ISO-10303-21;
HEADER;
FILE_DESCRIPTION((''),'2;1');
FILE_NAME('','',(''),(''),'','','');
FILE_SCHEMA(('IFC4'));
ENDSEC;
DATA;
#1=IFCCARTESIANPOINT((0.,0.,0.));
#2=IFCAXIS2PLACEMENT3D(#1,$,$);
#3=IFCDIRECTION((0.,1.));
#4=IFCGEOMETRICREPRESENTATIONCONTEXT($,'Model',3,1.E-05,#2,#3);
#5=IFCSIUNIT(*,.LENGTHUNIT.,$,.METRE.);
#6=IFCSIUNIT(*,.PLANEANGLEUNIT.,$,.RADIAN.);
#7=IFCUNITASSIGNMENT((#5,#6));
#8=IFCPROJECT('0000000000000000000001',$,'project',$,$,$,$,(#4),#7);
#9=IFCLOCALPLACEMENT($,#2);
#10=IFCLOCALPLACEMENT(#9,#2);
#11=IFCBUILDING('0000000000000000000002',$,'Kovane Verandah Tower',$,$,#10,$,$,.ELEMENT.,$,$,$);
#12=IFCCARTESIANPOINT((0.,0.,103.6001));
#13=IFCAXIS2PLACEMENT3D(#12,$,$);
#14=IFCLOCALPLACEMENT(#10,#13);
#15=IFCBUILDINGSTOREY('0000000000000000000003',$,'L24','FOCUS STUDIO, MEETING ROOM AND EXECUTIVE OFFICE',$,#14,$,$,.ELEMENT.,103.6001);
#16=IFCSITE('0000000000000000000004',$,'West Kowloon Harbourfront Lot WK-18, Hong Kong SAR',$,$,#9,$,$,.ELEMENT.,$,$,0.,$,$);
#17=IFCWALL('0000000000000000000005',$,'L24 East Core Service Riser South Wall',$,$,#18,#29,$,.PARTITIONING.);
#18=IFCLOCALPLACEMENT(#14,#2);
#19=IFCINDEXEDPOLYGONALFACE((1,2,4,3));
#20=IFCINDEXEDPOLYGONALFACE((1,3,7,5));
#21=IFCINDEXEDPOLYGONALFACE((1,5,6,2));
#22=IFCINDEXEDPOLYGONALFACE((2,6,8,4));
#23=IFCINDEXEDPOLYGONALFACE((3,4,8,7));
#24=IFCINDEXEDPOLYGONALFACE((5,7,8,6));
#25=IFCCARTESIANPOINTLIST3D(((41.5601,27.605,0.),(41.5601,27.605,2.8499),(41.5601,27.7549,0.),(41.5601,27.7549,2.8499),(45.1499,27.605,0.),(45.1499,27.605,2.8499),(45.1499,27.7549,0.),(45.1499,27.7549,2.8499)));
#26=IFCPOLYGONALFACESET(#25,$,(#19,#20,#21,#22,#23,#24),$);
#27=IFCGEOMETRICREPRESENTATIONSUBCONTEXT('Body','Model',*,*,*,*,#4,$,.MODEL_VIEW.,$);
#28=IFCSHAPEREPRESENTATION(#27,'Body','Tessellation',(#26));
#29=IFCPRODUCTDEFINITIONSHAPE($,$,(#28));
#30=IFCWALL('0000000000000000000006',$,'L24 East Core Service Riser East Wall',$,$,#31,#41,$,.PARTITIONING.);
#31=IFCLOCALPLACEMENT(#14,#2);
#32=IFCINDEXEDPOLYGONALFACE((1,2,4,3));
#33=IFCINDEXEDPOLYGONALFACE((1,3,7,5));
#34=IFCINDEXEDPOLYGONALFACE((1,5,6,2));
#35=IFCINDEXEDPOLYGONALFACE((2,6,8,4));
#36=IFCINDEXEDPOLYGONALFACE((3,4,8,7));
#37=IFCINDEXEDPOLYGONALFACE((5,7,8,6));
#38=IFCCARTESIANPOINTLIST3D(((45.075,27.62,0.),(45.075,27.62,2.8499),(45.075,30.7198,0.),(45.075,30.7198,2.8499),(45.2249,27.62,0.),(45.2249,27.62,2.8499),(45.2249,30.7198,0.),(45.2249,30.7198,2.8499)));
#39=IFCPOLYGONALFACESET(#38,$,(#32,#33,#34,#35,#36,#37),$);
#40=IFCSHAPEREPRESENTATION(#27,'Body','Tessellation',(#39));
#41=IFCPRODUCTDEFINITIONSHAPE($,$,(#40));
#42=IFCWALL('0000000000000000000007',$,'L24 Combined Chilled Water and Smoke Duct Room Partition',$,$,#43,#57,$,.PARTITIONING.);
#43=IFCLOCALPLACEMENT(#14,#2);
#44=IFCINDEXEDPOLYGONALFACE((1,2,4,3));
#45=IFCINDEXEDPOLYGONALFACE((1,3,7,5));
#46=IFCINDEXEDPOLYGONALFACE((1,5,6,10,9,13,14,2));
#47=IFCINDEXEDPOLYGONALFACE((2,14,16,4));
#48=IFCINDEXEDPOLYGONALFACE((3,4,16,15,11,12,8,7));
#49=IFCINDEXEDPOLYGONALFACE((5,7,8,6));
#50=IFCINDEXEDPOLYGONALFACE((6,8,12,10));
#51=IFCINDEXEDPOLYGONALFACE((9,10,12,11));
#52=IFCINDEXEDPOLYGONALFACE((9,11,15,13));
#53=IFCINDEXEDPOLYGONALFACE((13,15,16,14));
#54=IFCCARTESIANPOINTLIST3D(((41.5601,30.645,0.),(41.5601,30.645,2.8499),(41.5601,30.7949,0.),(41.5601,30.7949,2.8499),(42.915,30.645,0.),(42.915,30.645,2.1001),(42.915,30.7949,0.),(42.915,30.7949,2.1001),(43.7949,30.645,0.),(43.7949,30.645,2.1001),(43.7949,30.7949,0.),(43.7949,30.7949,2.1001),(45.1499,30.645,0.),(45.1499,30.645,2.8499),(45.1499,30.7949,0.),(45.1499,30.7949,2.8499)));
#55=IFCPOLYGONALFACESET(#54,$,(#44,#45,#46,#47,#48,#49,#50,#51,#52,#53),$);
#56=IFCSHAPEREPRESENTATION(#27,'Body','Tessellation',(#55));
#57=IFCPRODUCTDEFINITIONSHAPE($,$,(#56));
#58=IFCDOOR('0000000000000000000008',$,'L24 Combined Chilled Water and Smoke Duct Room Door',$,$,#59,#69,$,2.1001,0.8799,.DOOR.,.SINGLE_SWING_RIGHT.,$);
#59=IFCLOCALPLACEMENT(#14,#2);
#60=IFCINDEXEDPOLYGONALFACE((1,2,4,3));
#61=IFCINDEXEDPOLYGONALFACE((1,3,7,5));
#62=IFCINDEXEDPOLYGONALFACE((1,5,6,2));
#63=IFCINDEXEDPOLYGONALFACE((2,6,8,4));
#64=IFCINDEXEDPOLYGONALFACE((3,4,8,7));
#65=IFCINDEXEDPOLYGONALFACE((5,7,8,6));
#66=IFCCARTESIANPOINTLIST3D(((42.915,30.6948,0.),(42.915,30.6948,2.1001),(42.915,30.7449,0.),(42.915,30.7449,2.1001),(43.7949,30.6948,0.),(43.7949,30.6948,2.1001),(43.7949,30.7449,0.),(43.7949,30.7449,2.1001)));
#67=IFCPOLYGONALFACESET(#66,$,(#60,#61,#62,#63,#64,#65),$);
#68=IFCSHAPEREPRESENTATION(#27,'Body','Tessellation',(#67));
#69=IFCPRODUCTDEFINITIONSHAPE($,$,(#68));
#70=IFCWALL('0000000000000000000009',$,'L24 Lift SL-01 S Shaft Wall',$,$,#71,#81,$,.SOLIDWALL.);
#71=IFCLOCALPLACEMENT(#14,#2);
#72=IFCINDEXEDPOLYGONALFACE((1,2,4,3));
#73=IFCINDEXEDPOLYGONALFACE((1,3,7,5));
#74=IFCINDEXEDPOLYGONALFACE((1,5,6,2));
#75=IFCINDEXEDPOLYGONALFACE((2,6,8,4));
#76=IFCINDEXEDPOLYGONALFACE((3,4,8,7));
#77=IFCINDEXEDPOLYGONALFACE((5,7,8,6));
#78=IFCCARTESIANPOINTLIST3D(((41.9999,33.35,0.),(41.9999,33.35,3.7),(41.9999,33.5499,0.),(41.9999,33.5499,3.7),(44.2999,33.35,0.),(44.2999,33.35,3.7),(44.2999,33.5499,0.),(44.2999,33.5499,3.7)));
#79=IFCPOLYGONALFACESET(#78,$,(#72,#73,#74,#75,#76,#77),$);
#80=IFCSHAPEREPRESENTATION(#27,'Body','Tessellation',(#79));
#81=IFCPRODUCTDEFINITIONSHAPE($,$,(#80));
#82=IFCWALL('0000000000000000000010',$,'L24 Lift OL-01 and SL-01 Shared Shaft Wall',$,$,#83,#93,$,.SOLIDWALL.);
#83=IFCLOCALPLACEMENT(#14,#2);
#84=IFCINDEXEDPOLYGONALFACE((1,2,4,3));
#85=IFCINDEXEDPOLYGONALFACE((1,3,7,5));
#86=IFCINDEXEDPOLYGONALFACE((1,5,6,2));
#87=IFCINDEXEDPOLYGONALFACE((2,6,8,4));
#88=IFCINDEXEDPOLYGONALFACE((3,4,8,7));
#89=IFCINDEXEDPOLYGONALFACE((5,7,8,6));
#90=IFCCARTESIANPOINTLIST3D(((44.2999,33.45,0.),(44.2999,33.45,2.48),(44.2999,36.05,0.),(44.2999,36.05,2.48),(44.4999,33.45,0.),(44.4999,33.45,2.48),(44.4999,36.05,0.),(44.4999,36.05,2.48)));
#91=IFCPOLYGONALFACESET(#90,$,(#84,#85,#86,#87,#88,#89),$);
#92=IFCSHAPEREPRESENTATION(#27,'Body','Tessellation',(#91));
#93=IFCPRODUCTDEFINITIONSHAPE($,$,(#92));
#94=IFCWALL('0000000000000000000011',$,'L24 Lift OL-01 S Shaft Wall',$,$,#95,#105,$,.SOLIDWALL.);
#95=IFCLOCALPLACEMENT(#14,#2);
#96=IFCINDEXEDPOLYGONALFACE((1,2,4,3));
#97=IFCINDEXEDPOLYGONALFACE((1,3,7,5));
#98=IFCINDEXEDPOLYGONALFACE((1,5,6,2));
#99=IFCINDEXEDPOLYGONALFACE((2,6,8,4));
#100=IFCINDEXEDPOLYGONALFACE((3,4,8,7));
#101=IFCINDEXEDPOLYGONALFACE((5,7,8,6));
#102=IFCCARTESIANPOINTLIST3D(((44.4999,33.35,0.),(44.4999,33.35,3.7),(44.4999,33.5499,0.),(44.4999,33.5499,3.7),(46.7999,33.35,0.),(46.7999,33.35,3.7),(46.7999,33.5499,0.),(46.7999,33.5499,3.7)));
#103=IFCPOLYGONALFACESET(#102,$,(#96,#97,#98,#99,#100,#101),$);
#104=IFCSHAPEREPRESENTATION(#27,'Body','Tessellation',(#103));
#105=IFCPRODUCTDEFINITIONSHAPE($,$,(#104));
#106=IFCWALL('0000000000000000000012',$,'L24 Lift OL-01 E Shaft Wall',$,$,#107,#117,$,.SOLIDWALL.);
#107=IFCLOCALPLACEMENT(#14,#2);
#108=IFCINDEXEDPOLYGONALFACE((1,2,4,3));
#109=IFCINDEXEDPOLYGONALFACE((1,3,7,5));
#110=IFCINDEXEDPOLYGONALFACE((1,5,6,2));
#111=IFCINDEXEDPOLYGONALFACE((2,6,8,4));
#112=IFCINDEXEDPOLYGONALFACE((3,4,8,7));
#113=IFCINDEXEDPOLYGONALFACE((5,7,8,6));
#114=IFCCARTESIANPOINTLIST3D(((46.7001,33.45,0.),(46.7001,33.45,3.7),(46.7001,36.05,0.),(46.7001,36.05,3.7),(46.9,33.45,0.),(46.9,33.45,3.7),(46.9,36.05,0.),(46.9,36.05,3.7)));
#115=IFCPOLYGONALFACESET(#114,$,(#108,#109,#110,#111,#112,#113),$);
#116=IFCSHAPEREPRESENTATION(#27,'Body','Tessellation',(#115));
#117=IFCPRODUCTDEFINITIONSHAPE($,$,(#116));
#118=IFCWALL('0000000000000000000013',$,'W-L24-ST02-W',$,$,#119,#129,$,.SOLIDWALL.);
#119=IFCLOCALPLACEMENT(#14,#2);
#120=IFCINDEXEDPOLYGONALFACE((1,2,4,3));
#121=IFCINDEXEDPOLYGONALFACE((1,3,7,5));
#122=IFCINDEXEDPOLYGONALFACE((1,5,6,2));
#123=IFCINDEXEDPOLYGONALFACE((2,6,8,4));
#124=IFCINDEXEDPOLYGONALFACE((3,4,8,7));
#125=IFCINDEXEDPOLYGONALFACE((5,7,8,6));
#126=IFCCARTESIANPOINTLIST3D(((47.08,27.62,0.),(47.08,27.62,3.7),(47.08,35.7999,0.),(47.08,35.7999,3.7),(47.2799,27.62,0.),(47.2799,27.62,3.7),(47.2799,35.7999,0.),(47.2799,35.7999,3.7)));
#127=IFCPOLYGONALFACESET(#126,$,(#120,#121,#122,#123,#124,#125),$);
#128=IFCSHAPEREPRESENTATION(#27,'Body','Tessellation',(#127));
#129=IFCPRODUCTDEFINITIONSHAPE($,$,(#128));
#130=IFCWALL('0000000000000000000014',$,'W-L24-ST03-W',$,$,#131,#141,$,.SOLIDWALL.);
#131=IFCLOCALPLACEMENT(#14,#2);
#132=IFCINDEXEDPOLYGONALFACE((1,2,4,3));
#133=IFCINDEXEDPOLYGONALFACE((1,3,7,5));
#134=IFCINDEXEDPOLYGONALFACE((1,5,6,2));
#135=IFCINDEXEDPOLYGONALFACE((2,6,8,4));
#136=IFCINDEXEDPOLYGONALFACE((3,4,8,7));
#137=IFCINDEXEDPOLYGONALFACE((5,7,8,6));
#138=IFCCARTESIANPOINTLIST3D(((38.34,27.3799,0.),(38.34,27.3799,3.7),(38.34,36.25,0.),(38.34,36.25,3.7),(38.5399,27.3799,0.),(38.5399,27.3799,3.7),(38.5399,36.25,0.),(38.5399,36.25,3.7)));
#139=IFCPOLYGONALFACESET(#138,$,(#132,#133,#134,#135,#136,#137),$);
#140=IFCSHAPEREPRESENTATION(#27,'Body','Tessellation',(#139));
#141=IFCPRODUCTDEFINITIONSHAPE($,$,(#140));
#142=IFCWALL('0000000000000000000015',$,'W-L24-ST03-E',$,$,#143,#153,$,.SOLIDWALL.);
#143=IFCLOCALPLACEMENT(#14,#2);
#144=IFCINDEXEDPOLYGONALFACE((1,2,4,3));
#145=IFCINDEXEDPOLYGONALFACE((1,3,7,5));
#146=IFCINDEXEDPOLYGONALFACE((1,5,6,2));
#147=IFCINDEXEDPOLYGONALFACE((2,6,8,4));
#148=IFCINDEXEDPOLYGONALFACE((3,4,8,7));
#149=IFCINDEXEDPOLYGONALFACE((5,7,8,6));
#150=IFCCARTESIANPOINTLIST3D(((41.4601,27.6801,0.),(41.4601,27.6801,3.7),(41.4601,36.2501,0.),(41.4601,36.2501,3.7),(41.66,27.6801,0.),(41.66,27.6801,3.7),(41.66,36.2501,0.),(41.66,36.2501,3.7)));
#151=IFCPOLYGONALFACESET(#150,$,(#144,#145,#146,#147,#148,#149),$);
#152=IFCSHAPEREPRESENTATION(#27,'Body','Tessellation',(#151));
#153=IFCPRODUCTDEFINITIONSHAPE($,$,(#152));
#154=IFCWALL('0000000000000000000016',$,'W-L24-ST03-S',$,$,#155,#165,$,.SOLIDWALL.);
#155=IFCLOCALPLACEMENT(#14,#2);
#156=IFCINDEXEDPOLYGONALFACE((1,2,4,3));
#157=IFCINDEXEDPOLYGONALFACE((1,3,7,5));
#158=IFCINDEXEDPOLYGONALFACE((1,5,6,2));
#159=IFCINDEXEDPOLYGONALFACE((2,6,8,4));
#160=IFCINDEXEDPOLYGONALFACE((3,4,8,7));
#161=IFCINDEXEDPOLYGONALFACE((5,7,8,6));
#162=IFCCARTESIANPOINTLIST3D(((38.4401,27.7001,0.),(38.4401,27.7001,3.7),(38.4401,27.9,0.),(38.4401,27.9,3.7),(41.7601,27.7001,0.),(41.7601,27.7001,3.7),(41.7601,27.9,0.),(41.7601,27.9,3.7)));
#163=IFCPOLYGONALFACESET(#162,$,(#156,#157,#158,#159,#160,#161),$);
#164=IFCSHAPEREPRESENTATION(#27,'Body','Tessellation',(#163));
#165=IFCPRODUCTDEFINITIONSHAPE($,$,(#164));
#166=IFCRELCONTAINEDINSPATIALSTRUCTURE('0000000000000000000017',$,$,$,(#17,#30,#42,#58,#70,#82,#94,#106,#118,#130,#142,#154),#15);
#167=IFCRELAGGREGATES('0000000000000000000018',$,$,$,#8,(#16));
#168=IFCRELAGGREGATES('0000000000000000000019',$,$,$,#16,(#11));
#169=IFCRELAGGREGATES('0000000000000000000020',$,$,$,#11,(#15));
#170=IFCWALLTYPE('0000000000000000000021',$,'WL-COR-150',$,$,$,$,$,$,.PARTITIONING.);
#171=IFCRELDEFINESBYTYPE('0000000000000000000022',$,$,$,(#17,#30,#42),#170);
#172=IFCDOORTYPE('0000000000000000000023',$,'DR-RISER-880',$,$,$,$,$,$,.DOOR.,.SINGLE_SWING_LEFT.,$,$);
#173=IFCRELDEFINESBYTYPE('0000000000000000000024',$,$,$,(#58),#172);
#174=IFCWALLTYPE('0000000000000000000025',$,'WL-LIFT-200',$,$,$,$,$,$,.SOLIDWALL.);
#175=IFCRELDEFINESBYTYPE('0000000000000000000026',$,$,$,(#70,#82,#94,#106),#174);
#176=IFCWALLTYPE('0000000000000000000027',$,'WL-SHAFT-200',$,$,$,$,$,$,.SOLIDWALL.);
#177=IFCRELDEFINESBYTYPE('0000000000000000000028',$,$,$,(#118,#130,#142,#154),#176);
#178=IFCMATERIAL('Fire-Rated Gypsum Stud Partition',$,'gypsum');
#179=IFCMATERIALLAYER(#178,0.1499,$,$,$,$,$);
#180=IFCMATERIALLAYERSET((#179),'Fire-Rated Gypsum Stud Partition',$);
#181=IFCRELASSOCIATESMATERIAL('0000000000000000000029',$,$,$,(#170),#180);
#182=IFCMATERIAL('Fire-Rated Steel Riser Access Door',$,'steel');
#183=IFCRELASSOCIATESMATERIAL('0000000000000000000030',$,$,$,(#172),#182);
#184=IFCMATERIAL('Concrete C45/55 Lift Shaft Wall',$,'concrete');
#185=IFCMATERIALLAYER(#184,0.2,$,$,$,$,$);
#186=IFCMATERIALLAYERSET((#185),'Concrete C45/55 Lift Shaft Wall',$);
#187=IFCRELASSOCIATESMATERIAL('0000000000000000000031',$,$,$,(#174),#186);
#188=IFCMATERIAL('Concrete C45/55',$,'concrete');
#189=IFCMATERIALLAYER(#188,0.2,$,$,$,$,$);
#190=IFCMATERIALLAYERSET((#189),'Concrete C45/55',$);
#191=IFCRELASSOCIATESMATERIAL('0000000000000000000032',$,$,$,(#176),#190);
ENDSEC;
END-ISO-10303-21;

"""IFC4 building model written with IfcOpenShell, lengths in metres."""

from ifc_helpers import new_model, si_unit, direction, frame, frame_2d, origin, place, context, subcontext, project, spatial, rectangle, extrude, material, layer, layer_set, type_object, element, fill, save


model = new_model("IFC4")

# Units and contexts
model_context = context("Model", 3, precision=1e-05, world=origin(), true_north=direction((0.0, 1.0)))
body_context = subcontext(model_context, "Body", "Model", "MODEL_VIEW")
ifc_project = project(units=[si_unit("LENGTHUNIT", "METRE"), si_unit("PLANEANGLEUNIT", "RADIAN")], contexts=[model_context])

# Site, building, storey
site_placement = place(None, origin())
site = spatial("IfcSite", under=ifc_project, at=site_placement, Name="West Kowloon Harbourfront Lot WK-18, Hong Kong SAR", CompositionType="ELEMENT", RefElevation=0.0)
building_placement = place(site_placement, origin())
building = spatial("IfcBuilding", under=site, at=building_placement, Name="Kovane Verandah Tower", CompositionType="ELEMENT")
storey_placement = place(building_placement, frame((0.0, 0.0, 103.6001)))
storey = spatial("IfcBuildingStorey", under=building, at=storey_placement, Name="L24", Description="FOCUS STUDIO, MEETING ROOM AND EXECUTIVE OFFICE", CompositionType="ELEMENT", Elevation=103.6001)

# Walls
ifc_material_1 = material(Name="Fire-Rated Gypsum Stud Partition", Category="gypsum")
ifc_layer_1 = layer(ifc_material_1, 0.1499)
ifc_layer_set_1 = layer_set([ifc_layer_1], Name="Fire-Rated Gypsum Stud Partition")
wall_type_1 = type_object("IfcWallType", Name="WL-COR-150", PredefinedType="PARTITIONING", material=ifc_layer_set_1)
wall_1_placement = place(storey_placement, frame((41.5601, 27.6799, 0.0), z_axis=(0.0, 0.0, 1.0), x_axis=(1.0, 0.0, 0.0)))
element("IfcWall", 1, at=wall_1_placement, inside=storey, type_object=wall_type_1, Name="L24 East Core Service Riser South Wall", PredefinedType="PARTITIONING", context=body_context, shape_type="SweptSolid", body=[
    extrude(rectangle(XDim=3.5898, YDim=0.1499, at=frame_2d((1.7949, 0.0))), origin(), (0.0, 0.0, 1.0), 2.8499),
])
wall_2_placement = place(storey_placement, frame((45.1499, 27.6201, 0.0), z_axis=(0.0, 0.0, 1.0), x_axis=(0.0, 1.0, 0.0)))
element("IfcWall", 2, at=wall_2_placement, inside=storey, type_object=wall_type_1, Name="L24 East Core Service Riser East Wall", PredefinedType="PARTITIONING", context=body_context, shape_type="SweptSolid", body=[
    extrude(rectangle(XDim=3.0999, YDim=0.1499, at=frame_2d((1.5498, 0.0))), origin(), (0.0, 0.0, 1.0), 2.8499),
])

# Wall, opening, door
wall_3_placement = place(storey_placement, frame((41.5601, 30.72, 0.0), z_axis=(0.0, 0.0, 1.0), x_axis=(1.0, 0.0, 0.0)))
wall_3 = element("IfcWall", 3, at=wall_3_placement, inside=storey, type_object=wall_type_1, Name="L24 Combined Chilled Water and Smoke Duct Room Partition", PredefinedType="PARTITIONING", context=body_context, shape_type="SweptSolid", body=[
    extrude(rectangle(XDim=3.5898, YDim=0.1499, at=frame_2d((1.7949, 0.0))), origin(), (0.0, 0.0, 1.0), 2.8499),
])
opening_1_placement = place(wall_3_placement, frame((1.355, 0.0, 0.0)))
opening_1 = element("IfcOpeningElement", 4, at=opening_1_placement, cuts=wall_3, PredefinedType="OPENING", context=body_context, shape_type="SweptSolid", body=[
    extrude(rectangle(XDim=0.8799, YDim=2.1001, at=frame_2d((0.4399, 1.05))), frame((0.0, 0.075, 0.0), z_axis=(0.0, -1.0, 0.0), x_axis=(1.0, 0.0, 0.0)), (0.0, 0.0, 1.0), 0.1499),
])
ifc_material_2 = material(Name="Fire-Rated Steel Riser Access Door", Category="steel")
door_type_1 = type_object("IfcDoorType", Name="DR-RISER-880", OperationType="SINGLE_SWING_LEFT", PredefinedType="DOOR", material=ifc_material_2)
door_1_placement = place(opening_1_placement, origin())
door_1 = element("IfcDoor", 5, at=door_1_placement, inside=storey, type_object=door_type_1, Name="L24 Combined Chilled Water and Smoke Duct Room Door", OperationType="SINGLE_SWING_RIGHT", OverallHeight=2.1001, OverallWidth=0.8799, PredefinedType="DOOR", context=body_context, shape_type="SweptSolid", body=[
    extrude(rectangle(XDim=0.8799, YDim=2.1001, at=frame_2d((0.4399, 1.05))), frame((0.0, 0.0249, 0.0), z_axis=(0.0, -1.0, 0.0), x_axis=(1.0, 0.0, 0.0)), (0.0, 0.0, 1.0), 0.05),
])
fill(opening_1, door_1)

# Walls
ifc_material_3 = material(Name="Concrete C45/55 Lift Shaft Wall", Category="concrete")
ifc_layer_2 = layer(ifc_material_3, 0.2)
ifc_layer_set_2 = layer_set([ifc_layer_2], Name="Concrete C45/55 Lift Shaft Wall")
wall_type_2 = type_object("IfcWallType", Name="WL-LIFT-200", PredefinedType="SOLIDWALL", material=ifc_layer_set_2)
wall_4_placement = place(storey_placement, frame((42.0, 33.45, 0.0), z_axis=(0.0, 0.0, 1.0), x_axis=(1.0, 0.0, 0.0)))
element("IfcWall", 6, at=wall_4_placement, inside=storey, type_object=wall_type_2, Name="L24 Lift SL-01 S Shaft Wall", PredefinedType="SOLIDWALL", context=body_context, shape_type="SweptSolid", body=[
    extrude(rectangle(XDim=2.3, YDim=0.2, at=frame_2d((1.1499, 0.0))), origin(), (0.0, 0.0, 1.0), 3.7),
])
wall_5_placement = place(storey_placement, frame((44.3999, 33.45, 0.0), z_axis=(0.0, 0.0, 1.0), x_axis=(0.0, 1.0, 0.0)))
element("IfcWall", 7, at=wall_5_placement, inside=storey, type_object=wall_type_2, Name="L24 Lift OL-01 and SL-01 Shared Shaft Wall", PredefinedType="SOLIDWALL", context=body_context, shape_type="SweptSolid", body=[
    extrude(rectangle(XDim=2.6001, YDim=0.2, at=frame_2d((1.3, 0.0))), origin(), (0.0, 0.0, 1.0), 2.48),
])
wall_6_placement = place(storey_placement, frame((44.5, 33.45, 0.0), z_axis=(0.0, 0.0, 1.0), x_axis=(1.0, 0.0, 0.0)))
element("IfcWall", 8, at=wall_6_placement, inside=storey, type_object=wall_type_2, Name="L24 Lift OL-01 S Shaft Wall", PredefinedType="SOLIDWALL", context=body_context, shape_type="SweptSolid", body=[
    extrude(rectangle(XDim=2.3, YDim=0.2, at=frame_2d((1.1499, 0.0))), origin(), (0.0, 0.0, 1.0), 3.7),
])
wall_7_placement = place(storey_placement, frame((46.8, 33.45, 0.0), z_axis=(0.0, 0.0, 1.0), x_axis=(0.0, 1.0, 0.0)))
element("IfcWall", 9, at=wall_7_placement, inside=storey, type_object=wall_type_2, Name="L24 Lift OL-01 E Shaft Wall", PredefinedType="SOLIDWALL", context=body_context, shape_type="SweptSolid", body=[
    extrude(rectangle(XDim=2.6001, YDim=0.2, at=frame_2d((1.3, 0.0))), origin(), (0.0, 0.0, 1.0), 3.7),
])
ifc_material_4 = material(Name="Concrete C45/55", Category="concrete")
ifc_layer_3 = layer(ifc_material_4, 0.2)
ifc_layer_set_3 = layer_set([ifc_layer_3], Name="Concrete C45/55")
wall_type_3 = type_object("IfcWallType", Name="WL-SHAFT-200", PredefinedType="SOLIDWALL", material=ifc_layer_set_3)
wall_8_placement = place(storey_placement, frame((47.1799, 27.6201, 0.0), z_axis=(0.0, 0.0, 1.0), x_axis=(0.0, 1.0, 0.0)))
element("IfcWall", 10, at=wall_8_placement, inside=storey, type_object=wall_type_3, Name="W-L24-ST02-W", PredefinedType="SOLIDWALL", context=body_context, shape_type="SweptSolid", body=[
    extrude(rectangle(XDim=8.1799, YDim=0.2, at=frame_2d((4.0898, 0.0))), origin(), (0.0, 0.0, 1.0), 3.7),
])

# Walls
wall_9_placement = place(storey_placement, frame((38.4399, 27.3799, 0.0), z_axis=(0.0, 0.0, 1.0), x_axis=(0.0, 1.0, 0.0)))
element("IfcWall", 11, at=wall_9_placement, inside=storey, type_object=wall_type_3, Name="W-L24-ST03-W", PredefinedType="SOLIDWALL", context=body_context, shape_type="SweptSolid", body=[
    extrude(rectangle(XDim=8.8701, YDim=0.2, at=frame_2d((4.4351, 0.0))), origin(), (0.0, 0.0, 1.0), 3.7),
])
wall_10_placement = place(storey_placement, frame((41.5601, 27.6799, 0.0), z_axis=(0.0, 0.0, 1.0), x_axis=(0.0, 1.0, 0.0)))
element("IfcWall", 12, at=wall_10_placement, inside=storey, type_object=wall_type_3, Name="W-L24-ST03-E", PredefinedType="SOLIDWALL", context=body_context, shape_type="SweptSolid", body=[
    extrude(rectangle(XDim=8.5701, YDim=0.2, at=frame_2d((4.2852, 0.0))), origin(), (0.0, 0.0, 1.0), 3.7),
])
wall_11_placement = place(storey_placement, frame((38.4399, 27.8, 0.0), z_axis=(0.0, 0.0, 1.0), x_axis=(1.0, 0.0, 0.0)))
element("IfcWall", 13, at=wall_11_placement, inside=storey, type_object=wall_type_3, Name="W-L24-ST03-S", PredefinedType="SOLIDWALL", context=body_context, shape_type="SweptSolid", body=[
    extrude(rectangle(XDim=3.3201, YDim=0.2, at=frame_2d((1.6602, 0.0))), origin(), (0.0, 0.0, 1.0), 3.7),
])

save(model, "model.ifc")
